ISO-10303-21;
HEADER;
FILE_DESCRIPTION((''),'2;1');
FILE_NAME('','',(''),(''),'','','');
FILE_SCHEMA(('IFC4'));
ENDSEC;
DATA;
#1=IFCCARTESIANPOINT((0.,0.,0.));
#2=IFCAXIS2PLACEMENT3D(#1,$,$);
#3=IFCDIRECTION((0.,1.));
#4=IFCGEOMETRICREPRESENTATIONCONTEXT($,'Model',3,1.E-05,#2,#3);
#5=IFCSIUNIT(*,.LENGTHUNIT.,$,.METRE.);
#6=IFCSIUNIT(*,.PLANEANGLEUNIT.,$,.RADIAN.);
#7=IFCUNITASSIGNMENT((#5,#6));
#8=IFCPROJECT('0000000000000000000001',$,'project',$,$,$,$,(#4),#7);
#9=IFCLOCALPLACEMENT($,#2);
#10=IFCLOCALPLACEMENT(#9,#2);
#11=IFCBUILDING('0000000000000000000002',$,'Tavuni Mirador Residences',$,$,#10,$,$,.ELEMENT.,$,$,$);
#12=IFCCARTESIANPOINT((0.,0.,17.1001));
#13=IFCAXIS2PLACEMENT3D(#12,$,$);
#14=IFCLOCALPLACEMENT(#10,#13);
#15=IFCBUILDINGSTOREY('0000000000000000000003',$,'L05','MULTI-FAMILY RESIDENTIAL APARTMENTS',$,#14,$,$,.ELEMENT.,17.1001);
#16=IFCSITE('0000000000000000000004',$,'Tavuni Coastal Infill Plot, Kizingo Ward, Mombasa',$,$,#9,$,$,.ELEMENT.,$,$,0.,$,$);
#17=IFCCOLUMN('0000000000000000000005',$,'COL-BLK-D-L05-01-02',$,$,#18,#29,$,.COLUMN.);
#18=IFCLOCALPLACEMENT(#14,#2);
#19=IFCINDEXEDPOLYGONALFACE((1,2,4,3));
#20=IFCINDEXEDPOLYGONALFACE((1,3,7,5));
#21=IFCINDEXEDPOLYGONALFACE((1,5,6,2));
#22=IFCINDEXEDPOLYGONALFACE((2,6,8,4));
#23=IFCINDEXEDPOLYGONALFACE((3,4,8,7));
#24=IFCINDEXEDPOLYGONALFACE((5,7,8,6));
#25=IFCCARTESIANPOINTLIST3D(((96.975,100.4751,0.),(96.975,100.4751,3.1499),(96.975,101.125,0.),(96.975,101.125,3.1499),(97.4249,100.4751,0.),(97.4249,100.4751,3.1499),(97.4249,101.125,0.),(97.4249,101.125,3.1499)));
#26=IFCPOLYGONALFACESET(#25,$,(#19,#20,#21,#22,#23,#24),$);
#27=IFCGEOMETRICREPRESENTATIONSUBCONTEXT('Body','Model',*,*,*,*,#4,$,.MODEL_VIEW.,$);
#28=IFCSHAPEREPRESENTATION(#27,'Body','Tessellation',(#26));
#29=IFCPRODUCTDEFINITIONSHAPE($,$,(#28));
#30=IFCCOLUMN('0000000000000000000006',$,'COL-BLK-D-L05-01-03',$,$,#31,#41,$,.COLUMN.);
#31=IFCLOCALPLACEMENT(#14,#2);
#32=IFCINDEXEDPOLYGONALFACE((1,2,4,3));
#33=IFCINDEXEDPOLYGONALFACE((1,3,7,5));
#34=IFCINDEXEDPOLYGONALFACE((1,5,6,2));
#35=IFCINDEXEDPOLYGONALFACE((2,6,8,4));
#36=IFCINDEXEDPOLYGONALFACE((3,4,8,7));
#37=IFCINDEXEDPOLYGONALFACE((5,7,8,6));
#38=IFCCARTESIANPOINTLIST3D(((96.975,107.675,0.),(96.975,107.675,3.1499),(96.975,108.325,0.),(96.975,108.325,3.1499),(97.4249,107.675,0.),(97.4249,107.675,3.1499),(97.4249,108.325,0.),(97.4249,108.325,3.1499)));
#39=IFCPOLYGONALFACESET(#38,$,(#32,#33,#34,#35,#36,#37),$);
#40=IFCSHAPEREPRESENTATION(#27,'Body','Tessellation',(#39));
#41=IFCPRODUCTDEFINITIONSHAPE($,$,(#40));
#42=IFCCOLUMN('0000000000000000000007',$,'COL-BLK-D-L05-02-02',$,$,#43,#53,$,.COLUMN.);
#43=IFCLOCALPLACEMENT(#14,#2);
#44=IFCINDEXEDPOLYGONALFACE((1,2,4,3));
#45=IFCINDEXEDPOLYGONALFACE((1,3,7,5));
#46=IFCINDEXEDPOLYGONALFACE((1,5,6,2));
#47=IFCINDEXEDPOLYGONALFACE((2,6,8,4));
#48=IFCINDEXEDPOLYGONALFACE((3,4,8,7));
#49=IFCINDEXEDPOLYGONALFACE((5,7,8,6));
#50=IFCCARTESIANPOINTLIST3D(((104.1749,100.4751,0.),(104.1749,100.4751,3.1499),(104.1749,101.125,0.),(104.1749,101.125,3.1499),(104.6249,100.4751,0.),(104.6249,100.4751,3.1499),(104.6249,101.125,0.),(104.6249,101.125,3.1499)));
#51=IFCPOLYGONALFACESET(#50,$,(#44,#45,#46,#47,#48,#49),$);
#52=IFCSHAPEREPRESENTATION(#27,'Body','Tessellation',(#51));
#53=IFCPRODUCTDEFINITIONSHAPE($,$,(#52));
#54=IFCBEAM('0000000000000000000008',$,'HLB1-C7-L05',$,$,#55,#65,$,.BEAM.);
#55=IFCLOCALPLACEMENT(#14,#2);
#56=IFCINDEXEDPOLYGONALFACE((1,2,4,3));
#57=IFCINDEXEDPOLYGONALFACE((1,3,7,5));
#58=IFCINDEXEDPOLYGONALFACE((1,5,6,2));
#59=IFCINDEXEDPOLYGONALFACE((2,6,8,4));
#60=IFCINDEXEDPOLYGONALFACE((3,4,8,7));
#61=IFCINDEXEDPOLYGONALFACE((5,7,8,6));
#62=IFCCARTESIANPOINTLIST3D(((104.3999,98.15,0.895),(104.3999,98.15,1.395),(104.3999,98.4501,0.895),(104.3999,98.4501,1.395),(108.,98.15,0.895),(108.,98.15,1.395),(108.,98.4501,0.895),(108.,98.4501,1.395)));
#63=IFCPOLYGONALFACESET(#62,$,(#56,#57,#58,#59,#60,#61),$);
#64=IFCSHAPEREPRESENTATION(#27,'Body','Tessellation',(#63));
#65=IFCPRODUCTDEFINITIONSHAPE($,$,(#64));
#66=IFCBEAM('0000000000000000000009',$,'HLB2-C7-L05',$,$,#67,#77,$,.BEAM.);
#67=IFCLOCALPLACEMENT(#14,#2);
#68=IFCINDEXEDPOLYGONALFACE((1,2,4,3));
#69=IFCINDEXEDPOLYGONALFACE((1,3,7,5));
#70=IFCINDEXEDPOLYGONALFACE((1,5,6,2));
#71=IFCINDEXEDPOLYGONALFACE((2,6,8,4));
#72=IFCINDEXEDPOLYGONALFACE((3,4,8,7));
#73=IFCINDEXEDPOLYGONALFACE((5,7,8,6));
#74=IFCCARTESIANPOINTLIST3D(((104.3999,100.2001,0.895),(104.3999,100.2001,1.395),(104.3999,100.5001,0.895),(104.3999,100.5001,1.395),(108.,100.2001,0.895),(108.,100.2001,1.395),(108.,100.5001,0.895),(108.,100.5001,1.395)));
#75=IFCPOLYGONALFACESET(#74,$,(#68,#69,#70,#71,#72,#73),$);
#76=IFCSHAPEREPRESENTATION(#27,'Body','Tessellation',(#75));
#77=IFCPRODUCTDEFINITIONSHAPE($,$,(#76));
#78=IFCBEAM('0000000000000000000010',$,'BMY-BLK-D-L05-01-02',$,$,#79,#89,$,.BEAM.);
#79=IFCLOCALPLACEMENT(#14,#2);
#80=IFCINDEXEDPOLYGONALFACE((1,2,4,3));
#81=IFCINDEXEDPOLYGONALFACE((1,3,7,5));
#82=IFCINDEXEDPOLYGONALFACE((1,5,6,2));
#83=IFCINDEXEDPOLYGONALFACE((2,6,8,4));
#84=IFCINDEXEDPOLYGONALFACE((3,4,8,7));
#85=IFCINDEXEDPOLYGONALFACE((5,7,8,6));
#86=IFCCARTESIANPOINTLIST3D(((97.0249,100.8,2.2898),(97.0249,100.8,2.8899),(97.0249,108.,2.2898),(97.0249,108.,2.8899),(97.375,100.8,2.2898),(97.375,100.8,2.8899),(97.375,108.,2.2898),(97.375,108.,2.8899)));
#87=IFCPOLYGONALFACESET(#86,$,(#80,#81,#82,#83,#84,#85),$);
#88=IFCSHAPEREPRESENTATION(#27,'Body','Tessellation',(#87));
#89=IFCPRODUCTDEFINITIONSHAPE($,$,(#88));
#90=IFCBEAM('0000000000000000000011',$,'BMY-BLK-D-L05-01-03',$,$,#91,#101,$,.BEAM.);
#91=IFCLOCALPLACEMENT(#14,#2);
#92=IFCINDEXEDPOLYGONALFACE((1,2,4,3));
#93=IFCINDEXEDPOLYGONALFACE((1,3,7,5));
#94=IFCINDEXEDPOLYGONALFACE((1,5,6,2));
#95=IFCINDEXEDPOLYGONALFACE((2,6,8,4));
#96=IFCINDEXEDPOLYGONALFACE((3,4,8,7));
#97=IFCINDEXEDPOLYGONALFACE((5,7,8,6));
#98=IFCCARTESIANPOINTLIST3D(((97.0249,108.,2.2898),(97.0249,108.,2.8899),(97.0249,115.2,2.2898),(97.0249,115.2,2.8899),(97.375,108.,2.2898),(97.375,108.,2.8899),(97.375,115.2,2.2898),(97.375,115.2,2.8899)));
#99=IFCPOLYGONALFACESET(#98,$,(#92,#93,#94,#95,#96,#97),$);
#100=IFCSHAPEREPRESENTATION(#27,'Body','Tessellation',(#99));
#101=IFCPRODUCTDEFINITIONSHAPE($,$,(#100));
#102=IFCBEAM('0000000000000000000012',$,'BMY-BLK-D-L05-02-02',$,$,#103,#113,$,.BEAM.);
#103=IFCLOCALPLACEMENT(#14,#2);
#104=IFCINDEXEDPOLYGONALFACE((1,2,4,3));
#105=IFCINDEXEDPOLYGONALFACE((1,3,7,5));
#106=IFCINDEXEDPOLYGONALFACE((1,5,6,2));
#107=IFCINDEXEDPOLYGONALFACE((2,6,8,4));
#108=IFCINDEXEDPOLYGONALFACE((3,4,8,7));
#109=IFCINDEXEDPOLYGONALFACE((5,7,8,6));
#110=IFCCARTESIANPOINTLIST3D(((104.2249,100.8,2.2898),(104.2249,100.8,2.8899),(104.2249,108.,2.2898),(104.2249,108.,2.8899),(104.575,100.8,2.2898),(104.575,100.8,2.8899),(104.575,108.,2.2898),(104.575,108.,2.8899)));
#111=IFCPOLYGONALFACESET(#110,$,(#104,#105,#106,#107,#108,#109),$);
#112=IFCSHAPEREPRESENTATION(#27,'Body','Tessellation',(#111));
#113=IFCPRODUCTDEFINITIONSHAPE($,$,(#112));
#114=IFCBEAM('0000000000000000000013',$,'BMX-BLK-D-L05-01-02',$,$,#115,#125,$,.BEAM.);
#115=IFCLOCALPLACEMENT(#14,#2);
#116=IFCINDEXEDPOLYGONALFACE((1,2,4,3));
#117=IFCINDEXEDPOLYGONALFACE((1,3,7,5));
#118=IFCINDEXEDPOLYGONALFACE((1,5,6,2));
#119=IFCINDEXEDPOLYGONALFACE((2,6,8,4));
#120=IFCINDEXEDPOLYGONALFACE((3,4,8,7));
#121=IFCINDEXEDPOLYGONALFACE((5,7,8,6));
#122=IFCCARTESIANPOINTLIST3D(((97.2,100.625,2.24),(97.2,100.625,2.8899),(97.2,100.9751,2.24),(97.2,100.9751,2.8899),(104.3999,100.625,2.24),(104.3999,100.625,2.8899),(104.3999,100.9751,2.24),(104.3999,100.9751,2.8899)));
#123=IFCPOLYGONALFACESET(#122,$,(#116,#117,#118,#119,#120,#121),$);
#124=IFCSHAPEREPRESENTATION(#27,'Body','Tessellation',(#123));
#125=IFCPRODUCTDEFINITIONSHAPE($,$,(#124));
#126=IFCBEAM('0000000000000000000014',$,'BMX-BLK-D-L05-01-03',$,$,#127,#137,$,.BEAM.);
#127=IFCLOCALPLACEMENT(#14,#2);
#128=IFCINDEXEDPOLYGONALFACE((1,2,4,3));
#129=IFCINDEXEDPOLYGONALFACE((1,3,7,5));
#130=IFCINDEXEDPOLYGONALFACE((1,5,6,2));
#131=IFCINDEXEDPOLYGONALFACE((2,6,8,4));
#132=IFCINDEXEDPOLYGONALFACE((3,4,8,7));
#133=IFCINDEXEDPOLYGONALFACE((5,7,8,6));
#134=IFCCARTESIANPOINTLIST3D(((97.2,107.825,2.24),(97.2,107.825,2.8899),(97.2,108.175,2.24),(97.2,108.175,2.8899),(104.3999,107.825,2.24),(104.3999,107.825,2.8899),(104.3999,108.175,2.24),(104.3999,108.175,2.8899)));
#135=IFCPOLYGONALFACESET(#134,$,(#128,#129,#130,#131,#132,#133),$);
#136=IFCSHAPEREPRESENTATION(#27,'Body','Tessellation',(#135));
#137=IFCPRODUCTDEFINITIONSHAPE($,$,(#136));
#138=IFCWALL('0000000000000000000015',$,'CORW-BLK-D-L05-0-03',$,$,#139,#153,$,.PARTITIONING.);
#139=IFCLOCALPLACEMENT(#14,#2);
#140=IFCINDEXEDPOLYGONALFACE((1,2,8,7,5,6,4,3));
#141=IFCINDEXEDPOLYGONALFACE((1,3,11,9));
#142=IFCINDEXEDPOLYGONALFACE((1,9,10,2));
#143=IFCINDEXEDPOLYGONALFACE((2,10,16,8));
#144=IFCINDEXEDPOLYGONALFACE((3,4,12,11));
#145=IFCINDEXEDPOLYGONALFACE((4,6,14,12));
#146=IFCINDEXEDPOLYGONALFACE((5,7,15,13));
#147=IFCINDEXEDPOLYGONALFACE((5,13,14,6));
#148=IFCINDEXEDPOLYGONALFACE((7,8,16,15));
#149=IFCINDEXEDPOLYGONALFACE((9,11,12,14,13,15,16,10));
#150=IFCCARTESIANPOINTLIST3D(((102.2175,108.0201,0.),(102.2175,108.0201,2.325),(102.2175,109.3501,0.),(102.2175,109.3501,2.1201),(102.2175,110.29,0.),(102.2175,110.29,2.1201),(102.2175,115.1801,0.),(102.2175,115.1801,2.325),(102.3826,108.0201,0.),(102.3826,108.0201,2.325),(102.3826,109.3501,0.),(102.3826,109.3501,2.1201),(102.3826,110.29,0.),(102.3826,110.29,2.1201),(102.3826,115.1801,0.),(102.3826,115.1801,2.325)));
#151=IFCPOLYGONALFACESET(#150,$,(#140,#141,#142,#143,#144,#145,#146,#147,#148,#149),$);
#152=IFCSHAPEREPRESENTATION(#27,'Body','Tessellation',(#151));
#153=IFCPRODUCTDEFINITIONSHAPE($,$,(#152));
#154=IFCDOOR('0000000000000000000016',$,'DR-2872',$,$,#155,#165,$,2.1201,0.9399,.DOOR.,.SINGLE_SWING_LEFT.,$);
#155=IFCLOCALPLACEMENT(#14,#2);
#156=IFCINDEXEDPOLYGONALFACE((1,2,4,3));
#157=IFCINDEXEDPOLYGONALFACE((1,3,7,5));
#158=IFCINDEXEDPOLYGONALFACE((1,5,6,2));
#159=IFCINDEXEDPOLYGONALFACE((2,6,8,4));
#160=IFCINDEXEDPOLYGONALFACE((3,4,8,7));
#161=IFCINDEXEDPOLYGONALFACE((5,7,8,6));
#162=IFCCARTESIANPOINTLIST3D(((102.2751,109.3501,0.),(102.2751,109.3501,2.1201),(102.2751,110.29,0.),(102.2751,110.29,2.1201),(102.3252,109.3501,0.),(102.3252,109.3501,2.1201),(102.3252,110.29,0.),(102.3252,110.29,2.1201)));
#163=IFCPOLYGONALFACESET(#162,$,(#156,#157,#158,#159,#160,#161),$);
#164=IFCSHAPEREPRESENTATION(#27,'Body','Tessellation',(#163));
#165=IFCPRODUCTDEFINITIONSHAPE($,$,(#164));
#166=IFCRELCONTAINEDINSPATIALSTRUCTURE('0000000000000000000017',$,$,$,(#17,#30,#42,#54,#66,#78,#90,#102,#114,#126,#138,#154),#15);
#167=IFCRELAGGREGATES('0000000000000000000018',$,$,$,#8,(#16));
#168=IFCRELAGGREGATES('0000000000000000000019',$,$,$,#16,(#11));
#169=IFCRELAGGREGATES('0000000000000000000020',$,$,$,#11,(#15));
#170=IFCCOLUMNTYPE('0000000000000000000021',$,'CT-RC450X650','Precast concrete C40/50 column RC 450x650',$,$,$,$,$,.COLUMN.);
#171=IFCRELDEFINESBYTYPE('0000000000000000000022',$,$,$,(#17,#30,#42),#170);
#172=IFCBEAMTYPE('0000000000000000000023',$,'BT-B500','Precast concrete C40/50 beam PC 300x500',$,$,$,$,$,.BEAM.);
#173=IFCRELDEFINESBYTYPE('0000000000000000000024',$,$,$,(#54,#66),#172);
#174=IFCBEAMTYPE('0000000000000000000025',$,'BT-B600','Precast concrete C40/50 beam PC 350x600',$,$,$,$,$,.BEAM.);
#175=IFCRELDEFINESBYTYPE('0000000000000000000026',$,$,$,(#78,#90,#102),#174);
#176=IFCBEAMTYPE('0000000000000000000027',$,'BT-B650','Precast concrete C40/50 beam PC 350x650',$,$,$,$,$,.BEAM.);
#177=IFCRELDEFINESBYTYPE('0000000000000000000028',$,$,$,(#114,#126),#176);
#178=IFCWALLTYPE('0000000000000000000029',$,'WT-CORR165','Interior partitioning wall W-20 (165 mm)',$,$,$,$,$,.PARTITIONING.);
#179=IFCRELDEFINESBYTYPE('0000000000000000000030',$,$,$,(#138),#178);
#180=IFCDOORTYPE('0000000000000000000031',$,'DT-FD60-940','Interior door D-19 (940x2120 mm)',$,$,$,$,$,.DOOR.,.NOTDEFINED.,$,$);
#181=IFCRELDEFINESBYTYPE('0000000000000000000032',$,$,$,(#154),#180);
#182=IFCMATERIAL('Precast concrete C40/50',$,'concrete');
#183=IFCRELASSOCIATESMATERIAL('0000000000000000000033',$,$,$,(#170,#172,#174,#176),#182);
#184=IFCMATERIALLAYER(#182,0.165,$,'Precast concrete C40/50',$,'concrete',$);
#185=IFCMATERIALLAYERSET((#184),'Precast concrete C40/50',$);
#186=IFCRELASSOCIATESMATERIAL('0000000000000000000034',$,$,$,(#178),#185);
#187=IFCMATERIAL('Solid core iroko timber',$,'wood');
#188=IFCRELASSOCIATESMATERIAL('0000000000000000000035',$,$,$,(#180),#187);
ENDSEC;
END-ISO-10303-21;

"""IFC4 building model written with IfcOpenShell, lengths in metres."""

from ifc_helpers import new_model, si_unit, direction, frame, frame_2d, origin, origin_2d, place, context, subcontext, project, spatial, rectangle, extrude, material, layer, layer_set, material_profile, profile_set, type_object, element, fill, save


model = new_model("IFC4")

# Units and contexts
model_context = context("Model", 3, precision=1e-05, world=origin(), true_north=direction((0.0, 1.0)))
body_context = subcontext(model_context, "Body", "Model", "MODEL_VIEW")
ifc_project = project(units=[si_unit("LENGTHUNIT", "METRE"), si_unit("PLANEANGLEUNIT", "RADIAN")], contexts=[model_context])

# Site, building, storey
site_placement = place(None, origin())
site = spatial("IfcSite", under=ifc_project, at=site_placement, Name="Tavuni Coastal Infill Plot, Kizingo Ward, Mombasa", CompositionType="ELEMENT", RefElevation=0.0)
building_placement = place(site_placement, origin())
building = spatial("IfcBuilding", under=site, at=building_placement, Name="Tavuni Mirador Residences", CompositionType="ELEMENT")
storey_placement = place(building_placement, frame((0.0, 0.0, 17.1001)))
storey = spatial("IfcBuildingStorey", under=building, at=storey_placement, Name="L05", Description="MULTI-FAMILY RESIDENTIAL APARTMENTS", CompositionType="ELEMENT", Elevation=17.1001)

# Columns
ifc_material_1 = material(Name="Precast concrete C40/50", Category="concrete")
ifc_material_profile_1 = material_profile(ifc_material_1, rectangle(XDim=0.45, YDim=0.6499, at=origin_2d()), Name="RC 450x650", Category="concrete")
ifc_profile_set_1 = profile_set([ifc_material_profile_1], Name="Precast concrete C40/50")
column_type = type_object("IfcColumnType", Name="CT-RC450X650", Description="Precast concrete C40/50 column RC 450x650", PredefinedType="COLUMN", material=ifc_profile_set_1)
for number, where, z_axis, x_axis, name in (
    (1, (97.2, 100.8, 0.0), (0.0, 0.0, 1.0), (1.0, 0.0, 0.0), "COL-BLK-D-L05-01-02"),
    (2, (97.2, 108.0, 0.0), (0.0, 0.0, 1.0), (1.0, 0.0, 0.0), "COL-BLK-D-L05-01-03"),
    (3, (104.3999, 100.8, 0.0), (0.0, 0.0, 1.0), (1.0, 0.0, 0.0), "COL-BLK-D-L05-02-02"),
):
    element("IfcColumn", number, at=place(storey_placement, frame(where, z_axis=z_axis, x_axis=x_axis)), inside=storey, type_object=column_type, Name=name, PredefinedType="COLUMN", context=body_context, shape_type="SweptSolid", body=[
        extrude(rectangle(XDim=0.45, YDim=0.6499, at=origin_2d()), origin(), (0.0, 0.0, 1.0), 3.1499),
    ])

# Beams
ifc_material_profile_2 = material_profile(ifc_material_1, rectangle(XDim=0.3, YDim=0.5, at=origin_2d()), Name="PC 300x500", Category="concrete")
ifc_profile_set_2 = profile_set([ifc_material_profile_2], Name="Precast concrete C40/50")
beam_type_1 = type_object("IfcBeamType", Name="BT-B500", Description="Precast concrete C40/50 beam PC 300x500", PredefinedType="BEAM", material=ifc_profile_set_2)
for number, where, z_axis, x_axis, name in (
    (4, (104.3999, 98.3, 1.145), (1.0, 0.0, 0.0), (0.0, 1.0, 0.0), "HLB1-C7-L05"),
    (5, (104.3999, 100.3501, 1.145), (1.0, 0.0, 0.0), (0.0, 1.0, 0.0), "HLB2-C7-L05"),
):
    element("IfcBeam", number, at=place(storey_placement, frame(where, z_axis=z_axis, x_axis=x_axis)), inside=storey, type_object=beam_type_1, Name=name, PredefinedType="BEAM", context=body_context, shape_type="SweptSolid", body=[
        extrude(rectangle(XDim=0.3, YDim=0.5, at=origin_2d()), origin(), (0.0, 0.0, 1.0), 3.6001),
    ])
ifc_material_profile_3 = material_profile(ifc_material_1, rectangle(XDim=0.3501, YDim=0.6001, at=origin_2d()), Name="PC 350x600", Category="concrete")
ifc_profile_set_3 = profile_set([ifc_material_profile_3], Name="Precast concrete C40/50")
beam_type_2 = type_object("IfcBeamType", Name="BT-B600", Description="Precast concrete C40/50 beam PC 350x600", PredefinedType="BEAM", material=ifc_profile_set_3)
for number, where, z_axis, x_axis, name in (
    (6, (97.2, 100.8, 2.5898), (0.0, 1.0, 0.0), (-1.0, 0.0, 0.0), "BMY-BLK-D-L05-01-02"),
    (7, (97.2, 108.0, 2.5898), (0.0, 1.0, 0.0), (-1.0, 0.0, 0.0), "BMY-BLK-D-L05-01-03"),
    (8, (104.3999, 100.8, 2.5898), (0.0, 1.0, 0.0), (-1.0, 0.0, 0.0), "BMY-BLK-D-L05-02-02"),
):
    element("IfcBeam", number, at=place(storey_placement, frame(where, z_axis=z_axis, x_axis=x_axis)), inside=storey, type_object=beam_type_2, Name=name, PredefinedType="BEAM", context=body_context, shape_type="SweptSolid", body=[
        extrude(rectangle(XDim=0.3501, YDim=0.6001, at=origin_2d()), origin(), (0.0, 0.0, 1.0), 7.2),
    ])
ifc_material_profile_4 = material_profile(ifc_material_1, rectangle(XDim=0.3501, YDim=0.6499, at=origin_2d()), Name="PC 350x650", Category="concrete")
ifc_profile_set_4 = profile_set([ifc_material_profile_4], Name="Precast concrete C40/50")
beam_type_3 = type_object("IfcBeamType", Name="BT-B650", Description="Precast concrete C40/50 beam PC 350x650", PredefinedType="BEAM", material=ifc_profile_set_4)
for number, where, z_axis, x_axis, name in (
    (9, (97.2, 100.8, 2.5649), (1.0, 0.0, 0.0), (0.0, 1.0, 0.0), "BMX-BLK-D-L05-01-02"),
    (10, (97.2, 108.0, 2.5649), (1.0, 0.0, 0.0), (0.0, 1.0, 0.0), "BMX-BLK-D-L05-01-03"),
):
    element("IfcBeam", number, at=place(storey_placement, frame(where, z_axis=z_axis, x_axis=x_axis)), inside=storey, type_object=beam_type_3, Name=name, PredefinedType="BEAM", context=body_context, shape_type="SweptSolid", body=[
        extrude(rectangle(XDim=0.3501, YDim=0.6499, at=origin_2d()), origin(), (0.0, 0.0, 1.0), 7.2),
    ])

# Wall, opening, door
ifc_layer_1 = layer(ifc_material_1, 0.165, Name="Precast concrete C40/50", Category="concrete")
ifc_layer_set_1 = layer_set([ifc_layer_1], Name="Precast concrete C40/50")
wall_type_1 = type_object("IfcWallType", Name="WT-CORR165", Description="Interior partitioning wall W-20 (165 mm)", PredefinedType="PARTITIONING", material=ifc_layer_set_1)
ifc_material_2 = material(Name="Solid core iroko timber", Category="wood")
wall_1_placement = place(storey_placement, frame((102.3, 108.02, 0.0), z_axis=(0.0, 0.0, 1.0), x_axis=(0.0, 1.0, 0.0)))
wall_1 = element("IfcWall", 11, at=wall_1_placement, inside=storey, type_object=wall_type_1, Name="CORW-BLK-D-L05-0-03", PredefinedType="PARTITIONING", context=body_context, shape_type="SweptSolid", body=[
    extrude(rectangle(XDim=7.1599, YDim=0.165, at=frame_2d((3.5801, 0.0))), origin(), (0.0, 0.0, 1.0), 2.325),
])
opening_1_placement = place(wall_1_placement, frame((1.3301, 0.0, 0.0)))
opening_1 = element("IfcOpeningElement", 12, at=opening_1_placement, cuts=wall_1, PredefinedType="OPENING", context=body_context, shape_type="SweptSolid", body=[
    extrude(rectangle(XDim=0.9399, YDim=2.1201, at=frame_2d((0.47, 1.0601))), frame((0.0, 0.0925, 0.0), z_axis=(0.0, -1.0, 0.0), x_axis=(1.0, 0.0, 0.0)), (0.0, 0.0, 1.0), 0.1851),
])
door_type_1 = type_object("IfcDoorType", Name="DT-FD60-940", Description="Interior door D-19 (940x2120 mm)", OperationType="NOTDEFINED", PredefinedType="DOOR", material=ifc_material_2)
door_1_placement = place(opening_1_placement, origin())
door_1 = element("IfcDoor", 13, at=door_1_placement, inside=storey, type_object=door_type_1, Name="DR-2872", OperationType="SINGLE_SWING_LEFT", OverallHeight=2.1201, OverallWidth=0.9399, PredefinedType="DOOR", context=body_context, shape_type="SweptSolid", body=[
    extrude(rectangle(XDim=0.9399, YDim=2.1201, at=frame_2d((0.47, 1.0601))), frame((0.0, 0.0249, 0.0), z_axis=(0.0, -1.0, 0.0), x_axis=(1.0, 0.0, 0.0)), (0.0, 0.0, 1.0), 0.05),
])
fill(opening_1, door_1)

save(model, "model.ifc")
